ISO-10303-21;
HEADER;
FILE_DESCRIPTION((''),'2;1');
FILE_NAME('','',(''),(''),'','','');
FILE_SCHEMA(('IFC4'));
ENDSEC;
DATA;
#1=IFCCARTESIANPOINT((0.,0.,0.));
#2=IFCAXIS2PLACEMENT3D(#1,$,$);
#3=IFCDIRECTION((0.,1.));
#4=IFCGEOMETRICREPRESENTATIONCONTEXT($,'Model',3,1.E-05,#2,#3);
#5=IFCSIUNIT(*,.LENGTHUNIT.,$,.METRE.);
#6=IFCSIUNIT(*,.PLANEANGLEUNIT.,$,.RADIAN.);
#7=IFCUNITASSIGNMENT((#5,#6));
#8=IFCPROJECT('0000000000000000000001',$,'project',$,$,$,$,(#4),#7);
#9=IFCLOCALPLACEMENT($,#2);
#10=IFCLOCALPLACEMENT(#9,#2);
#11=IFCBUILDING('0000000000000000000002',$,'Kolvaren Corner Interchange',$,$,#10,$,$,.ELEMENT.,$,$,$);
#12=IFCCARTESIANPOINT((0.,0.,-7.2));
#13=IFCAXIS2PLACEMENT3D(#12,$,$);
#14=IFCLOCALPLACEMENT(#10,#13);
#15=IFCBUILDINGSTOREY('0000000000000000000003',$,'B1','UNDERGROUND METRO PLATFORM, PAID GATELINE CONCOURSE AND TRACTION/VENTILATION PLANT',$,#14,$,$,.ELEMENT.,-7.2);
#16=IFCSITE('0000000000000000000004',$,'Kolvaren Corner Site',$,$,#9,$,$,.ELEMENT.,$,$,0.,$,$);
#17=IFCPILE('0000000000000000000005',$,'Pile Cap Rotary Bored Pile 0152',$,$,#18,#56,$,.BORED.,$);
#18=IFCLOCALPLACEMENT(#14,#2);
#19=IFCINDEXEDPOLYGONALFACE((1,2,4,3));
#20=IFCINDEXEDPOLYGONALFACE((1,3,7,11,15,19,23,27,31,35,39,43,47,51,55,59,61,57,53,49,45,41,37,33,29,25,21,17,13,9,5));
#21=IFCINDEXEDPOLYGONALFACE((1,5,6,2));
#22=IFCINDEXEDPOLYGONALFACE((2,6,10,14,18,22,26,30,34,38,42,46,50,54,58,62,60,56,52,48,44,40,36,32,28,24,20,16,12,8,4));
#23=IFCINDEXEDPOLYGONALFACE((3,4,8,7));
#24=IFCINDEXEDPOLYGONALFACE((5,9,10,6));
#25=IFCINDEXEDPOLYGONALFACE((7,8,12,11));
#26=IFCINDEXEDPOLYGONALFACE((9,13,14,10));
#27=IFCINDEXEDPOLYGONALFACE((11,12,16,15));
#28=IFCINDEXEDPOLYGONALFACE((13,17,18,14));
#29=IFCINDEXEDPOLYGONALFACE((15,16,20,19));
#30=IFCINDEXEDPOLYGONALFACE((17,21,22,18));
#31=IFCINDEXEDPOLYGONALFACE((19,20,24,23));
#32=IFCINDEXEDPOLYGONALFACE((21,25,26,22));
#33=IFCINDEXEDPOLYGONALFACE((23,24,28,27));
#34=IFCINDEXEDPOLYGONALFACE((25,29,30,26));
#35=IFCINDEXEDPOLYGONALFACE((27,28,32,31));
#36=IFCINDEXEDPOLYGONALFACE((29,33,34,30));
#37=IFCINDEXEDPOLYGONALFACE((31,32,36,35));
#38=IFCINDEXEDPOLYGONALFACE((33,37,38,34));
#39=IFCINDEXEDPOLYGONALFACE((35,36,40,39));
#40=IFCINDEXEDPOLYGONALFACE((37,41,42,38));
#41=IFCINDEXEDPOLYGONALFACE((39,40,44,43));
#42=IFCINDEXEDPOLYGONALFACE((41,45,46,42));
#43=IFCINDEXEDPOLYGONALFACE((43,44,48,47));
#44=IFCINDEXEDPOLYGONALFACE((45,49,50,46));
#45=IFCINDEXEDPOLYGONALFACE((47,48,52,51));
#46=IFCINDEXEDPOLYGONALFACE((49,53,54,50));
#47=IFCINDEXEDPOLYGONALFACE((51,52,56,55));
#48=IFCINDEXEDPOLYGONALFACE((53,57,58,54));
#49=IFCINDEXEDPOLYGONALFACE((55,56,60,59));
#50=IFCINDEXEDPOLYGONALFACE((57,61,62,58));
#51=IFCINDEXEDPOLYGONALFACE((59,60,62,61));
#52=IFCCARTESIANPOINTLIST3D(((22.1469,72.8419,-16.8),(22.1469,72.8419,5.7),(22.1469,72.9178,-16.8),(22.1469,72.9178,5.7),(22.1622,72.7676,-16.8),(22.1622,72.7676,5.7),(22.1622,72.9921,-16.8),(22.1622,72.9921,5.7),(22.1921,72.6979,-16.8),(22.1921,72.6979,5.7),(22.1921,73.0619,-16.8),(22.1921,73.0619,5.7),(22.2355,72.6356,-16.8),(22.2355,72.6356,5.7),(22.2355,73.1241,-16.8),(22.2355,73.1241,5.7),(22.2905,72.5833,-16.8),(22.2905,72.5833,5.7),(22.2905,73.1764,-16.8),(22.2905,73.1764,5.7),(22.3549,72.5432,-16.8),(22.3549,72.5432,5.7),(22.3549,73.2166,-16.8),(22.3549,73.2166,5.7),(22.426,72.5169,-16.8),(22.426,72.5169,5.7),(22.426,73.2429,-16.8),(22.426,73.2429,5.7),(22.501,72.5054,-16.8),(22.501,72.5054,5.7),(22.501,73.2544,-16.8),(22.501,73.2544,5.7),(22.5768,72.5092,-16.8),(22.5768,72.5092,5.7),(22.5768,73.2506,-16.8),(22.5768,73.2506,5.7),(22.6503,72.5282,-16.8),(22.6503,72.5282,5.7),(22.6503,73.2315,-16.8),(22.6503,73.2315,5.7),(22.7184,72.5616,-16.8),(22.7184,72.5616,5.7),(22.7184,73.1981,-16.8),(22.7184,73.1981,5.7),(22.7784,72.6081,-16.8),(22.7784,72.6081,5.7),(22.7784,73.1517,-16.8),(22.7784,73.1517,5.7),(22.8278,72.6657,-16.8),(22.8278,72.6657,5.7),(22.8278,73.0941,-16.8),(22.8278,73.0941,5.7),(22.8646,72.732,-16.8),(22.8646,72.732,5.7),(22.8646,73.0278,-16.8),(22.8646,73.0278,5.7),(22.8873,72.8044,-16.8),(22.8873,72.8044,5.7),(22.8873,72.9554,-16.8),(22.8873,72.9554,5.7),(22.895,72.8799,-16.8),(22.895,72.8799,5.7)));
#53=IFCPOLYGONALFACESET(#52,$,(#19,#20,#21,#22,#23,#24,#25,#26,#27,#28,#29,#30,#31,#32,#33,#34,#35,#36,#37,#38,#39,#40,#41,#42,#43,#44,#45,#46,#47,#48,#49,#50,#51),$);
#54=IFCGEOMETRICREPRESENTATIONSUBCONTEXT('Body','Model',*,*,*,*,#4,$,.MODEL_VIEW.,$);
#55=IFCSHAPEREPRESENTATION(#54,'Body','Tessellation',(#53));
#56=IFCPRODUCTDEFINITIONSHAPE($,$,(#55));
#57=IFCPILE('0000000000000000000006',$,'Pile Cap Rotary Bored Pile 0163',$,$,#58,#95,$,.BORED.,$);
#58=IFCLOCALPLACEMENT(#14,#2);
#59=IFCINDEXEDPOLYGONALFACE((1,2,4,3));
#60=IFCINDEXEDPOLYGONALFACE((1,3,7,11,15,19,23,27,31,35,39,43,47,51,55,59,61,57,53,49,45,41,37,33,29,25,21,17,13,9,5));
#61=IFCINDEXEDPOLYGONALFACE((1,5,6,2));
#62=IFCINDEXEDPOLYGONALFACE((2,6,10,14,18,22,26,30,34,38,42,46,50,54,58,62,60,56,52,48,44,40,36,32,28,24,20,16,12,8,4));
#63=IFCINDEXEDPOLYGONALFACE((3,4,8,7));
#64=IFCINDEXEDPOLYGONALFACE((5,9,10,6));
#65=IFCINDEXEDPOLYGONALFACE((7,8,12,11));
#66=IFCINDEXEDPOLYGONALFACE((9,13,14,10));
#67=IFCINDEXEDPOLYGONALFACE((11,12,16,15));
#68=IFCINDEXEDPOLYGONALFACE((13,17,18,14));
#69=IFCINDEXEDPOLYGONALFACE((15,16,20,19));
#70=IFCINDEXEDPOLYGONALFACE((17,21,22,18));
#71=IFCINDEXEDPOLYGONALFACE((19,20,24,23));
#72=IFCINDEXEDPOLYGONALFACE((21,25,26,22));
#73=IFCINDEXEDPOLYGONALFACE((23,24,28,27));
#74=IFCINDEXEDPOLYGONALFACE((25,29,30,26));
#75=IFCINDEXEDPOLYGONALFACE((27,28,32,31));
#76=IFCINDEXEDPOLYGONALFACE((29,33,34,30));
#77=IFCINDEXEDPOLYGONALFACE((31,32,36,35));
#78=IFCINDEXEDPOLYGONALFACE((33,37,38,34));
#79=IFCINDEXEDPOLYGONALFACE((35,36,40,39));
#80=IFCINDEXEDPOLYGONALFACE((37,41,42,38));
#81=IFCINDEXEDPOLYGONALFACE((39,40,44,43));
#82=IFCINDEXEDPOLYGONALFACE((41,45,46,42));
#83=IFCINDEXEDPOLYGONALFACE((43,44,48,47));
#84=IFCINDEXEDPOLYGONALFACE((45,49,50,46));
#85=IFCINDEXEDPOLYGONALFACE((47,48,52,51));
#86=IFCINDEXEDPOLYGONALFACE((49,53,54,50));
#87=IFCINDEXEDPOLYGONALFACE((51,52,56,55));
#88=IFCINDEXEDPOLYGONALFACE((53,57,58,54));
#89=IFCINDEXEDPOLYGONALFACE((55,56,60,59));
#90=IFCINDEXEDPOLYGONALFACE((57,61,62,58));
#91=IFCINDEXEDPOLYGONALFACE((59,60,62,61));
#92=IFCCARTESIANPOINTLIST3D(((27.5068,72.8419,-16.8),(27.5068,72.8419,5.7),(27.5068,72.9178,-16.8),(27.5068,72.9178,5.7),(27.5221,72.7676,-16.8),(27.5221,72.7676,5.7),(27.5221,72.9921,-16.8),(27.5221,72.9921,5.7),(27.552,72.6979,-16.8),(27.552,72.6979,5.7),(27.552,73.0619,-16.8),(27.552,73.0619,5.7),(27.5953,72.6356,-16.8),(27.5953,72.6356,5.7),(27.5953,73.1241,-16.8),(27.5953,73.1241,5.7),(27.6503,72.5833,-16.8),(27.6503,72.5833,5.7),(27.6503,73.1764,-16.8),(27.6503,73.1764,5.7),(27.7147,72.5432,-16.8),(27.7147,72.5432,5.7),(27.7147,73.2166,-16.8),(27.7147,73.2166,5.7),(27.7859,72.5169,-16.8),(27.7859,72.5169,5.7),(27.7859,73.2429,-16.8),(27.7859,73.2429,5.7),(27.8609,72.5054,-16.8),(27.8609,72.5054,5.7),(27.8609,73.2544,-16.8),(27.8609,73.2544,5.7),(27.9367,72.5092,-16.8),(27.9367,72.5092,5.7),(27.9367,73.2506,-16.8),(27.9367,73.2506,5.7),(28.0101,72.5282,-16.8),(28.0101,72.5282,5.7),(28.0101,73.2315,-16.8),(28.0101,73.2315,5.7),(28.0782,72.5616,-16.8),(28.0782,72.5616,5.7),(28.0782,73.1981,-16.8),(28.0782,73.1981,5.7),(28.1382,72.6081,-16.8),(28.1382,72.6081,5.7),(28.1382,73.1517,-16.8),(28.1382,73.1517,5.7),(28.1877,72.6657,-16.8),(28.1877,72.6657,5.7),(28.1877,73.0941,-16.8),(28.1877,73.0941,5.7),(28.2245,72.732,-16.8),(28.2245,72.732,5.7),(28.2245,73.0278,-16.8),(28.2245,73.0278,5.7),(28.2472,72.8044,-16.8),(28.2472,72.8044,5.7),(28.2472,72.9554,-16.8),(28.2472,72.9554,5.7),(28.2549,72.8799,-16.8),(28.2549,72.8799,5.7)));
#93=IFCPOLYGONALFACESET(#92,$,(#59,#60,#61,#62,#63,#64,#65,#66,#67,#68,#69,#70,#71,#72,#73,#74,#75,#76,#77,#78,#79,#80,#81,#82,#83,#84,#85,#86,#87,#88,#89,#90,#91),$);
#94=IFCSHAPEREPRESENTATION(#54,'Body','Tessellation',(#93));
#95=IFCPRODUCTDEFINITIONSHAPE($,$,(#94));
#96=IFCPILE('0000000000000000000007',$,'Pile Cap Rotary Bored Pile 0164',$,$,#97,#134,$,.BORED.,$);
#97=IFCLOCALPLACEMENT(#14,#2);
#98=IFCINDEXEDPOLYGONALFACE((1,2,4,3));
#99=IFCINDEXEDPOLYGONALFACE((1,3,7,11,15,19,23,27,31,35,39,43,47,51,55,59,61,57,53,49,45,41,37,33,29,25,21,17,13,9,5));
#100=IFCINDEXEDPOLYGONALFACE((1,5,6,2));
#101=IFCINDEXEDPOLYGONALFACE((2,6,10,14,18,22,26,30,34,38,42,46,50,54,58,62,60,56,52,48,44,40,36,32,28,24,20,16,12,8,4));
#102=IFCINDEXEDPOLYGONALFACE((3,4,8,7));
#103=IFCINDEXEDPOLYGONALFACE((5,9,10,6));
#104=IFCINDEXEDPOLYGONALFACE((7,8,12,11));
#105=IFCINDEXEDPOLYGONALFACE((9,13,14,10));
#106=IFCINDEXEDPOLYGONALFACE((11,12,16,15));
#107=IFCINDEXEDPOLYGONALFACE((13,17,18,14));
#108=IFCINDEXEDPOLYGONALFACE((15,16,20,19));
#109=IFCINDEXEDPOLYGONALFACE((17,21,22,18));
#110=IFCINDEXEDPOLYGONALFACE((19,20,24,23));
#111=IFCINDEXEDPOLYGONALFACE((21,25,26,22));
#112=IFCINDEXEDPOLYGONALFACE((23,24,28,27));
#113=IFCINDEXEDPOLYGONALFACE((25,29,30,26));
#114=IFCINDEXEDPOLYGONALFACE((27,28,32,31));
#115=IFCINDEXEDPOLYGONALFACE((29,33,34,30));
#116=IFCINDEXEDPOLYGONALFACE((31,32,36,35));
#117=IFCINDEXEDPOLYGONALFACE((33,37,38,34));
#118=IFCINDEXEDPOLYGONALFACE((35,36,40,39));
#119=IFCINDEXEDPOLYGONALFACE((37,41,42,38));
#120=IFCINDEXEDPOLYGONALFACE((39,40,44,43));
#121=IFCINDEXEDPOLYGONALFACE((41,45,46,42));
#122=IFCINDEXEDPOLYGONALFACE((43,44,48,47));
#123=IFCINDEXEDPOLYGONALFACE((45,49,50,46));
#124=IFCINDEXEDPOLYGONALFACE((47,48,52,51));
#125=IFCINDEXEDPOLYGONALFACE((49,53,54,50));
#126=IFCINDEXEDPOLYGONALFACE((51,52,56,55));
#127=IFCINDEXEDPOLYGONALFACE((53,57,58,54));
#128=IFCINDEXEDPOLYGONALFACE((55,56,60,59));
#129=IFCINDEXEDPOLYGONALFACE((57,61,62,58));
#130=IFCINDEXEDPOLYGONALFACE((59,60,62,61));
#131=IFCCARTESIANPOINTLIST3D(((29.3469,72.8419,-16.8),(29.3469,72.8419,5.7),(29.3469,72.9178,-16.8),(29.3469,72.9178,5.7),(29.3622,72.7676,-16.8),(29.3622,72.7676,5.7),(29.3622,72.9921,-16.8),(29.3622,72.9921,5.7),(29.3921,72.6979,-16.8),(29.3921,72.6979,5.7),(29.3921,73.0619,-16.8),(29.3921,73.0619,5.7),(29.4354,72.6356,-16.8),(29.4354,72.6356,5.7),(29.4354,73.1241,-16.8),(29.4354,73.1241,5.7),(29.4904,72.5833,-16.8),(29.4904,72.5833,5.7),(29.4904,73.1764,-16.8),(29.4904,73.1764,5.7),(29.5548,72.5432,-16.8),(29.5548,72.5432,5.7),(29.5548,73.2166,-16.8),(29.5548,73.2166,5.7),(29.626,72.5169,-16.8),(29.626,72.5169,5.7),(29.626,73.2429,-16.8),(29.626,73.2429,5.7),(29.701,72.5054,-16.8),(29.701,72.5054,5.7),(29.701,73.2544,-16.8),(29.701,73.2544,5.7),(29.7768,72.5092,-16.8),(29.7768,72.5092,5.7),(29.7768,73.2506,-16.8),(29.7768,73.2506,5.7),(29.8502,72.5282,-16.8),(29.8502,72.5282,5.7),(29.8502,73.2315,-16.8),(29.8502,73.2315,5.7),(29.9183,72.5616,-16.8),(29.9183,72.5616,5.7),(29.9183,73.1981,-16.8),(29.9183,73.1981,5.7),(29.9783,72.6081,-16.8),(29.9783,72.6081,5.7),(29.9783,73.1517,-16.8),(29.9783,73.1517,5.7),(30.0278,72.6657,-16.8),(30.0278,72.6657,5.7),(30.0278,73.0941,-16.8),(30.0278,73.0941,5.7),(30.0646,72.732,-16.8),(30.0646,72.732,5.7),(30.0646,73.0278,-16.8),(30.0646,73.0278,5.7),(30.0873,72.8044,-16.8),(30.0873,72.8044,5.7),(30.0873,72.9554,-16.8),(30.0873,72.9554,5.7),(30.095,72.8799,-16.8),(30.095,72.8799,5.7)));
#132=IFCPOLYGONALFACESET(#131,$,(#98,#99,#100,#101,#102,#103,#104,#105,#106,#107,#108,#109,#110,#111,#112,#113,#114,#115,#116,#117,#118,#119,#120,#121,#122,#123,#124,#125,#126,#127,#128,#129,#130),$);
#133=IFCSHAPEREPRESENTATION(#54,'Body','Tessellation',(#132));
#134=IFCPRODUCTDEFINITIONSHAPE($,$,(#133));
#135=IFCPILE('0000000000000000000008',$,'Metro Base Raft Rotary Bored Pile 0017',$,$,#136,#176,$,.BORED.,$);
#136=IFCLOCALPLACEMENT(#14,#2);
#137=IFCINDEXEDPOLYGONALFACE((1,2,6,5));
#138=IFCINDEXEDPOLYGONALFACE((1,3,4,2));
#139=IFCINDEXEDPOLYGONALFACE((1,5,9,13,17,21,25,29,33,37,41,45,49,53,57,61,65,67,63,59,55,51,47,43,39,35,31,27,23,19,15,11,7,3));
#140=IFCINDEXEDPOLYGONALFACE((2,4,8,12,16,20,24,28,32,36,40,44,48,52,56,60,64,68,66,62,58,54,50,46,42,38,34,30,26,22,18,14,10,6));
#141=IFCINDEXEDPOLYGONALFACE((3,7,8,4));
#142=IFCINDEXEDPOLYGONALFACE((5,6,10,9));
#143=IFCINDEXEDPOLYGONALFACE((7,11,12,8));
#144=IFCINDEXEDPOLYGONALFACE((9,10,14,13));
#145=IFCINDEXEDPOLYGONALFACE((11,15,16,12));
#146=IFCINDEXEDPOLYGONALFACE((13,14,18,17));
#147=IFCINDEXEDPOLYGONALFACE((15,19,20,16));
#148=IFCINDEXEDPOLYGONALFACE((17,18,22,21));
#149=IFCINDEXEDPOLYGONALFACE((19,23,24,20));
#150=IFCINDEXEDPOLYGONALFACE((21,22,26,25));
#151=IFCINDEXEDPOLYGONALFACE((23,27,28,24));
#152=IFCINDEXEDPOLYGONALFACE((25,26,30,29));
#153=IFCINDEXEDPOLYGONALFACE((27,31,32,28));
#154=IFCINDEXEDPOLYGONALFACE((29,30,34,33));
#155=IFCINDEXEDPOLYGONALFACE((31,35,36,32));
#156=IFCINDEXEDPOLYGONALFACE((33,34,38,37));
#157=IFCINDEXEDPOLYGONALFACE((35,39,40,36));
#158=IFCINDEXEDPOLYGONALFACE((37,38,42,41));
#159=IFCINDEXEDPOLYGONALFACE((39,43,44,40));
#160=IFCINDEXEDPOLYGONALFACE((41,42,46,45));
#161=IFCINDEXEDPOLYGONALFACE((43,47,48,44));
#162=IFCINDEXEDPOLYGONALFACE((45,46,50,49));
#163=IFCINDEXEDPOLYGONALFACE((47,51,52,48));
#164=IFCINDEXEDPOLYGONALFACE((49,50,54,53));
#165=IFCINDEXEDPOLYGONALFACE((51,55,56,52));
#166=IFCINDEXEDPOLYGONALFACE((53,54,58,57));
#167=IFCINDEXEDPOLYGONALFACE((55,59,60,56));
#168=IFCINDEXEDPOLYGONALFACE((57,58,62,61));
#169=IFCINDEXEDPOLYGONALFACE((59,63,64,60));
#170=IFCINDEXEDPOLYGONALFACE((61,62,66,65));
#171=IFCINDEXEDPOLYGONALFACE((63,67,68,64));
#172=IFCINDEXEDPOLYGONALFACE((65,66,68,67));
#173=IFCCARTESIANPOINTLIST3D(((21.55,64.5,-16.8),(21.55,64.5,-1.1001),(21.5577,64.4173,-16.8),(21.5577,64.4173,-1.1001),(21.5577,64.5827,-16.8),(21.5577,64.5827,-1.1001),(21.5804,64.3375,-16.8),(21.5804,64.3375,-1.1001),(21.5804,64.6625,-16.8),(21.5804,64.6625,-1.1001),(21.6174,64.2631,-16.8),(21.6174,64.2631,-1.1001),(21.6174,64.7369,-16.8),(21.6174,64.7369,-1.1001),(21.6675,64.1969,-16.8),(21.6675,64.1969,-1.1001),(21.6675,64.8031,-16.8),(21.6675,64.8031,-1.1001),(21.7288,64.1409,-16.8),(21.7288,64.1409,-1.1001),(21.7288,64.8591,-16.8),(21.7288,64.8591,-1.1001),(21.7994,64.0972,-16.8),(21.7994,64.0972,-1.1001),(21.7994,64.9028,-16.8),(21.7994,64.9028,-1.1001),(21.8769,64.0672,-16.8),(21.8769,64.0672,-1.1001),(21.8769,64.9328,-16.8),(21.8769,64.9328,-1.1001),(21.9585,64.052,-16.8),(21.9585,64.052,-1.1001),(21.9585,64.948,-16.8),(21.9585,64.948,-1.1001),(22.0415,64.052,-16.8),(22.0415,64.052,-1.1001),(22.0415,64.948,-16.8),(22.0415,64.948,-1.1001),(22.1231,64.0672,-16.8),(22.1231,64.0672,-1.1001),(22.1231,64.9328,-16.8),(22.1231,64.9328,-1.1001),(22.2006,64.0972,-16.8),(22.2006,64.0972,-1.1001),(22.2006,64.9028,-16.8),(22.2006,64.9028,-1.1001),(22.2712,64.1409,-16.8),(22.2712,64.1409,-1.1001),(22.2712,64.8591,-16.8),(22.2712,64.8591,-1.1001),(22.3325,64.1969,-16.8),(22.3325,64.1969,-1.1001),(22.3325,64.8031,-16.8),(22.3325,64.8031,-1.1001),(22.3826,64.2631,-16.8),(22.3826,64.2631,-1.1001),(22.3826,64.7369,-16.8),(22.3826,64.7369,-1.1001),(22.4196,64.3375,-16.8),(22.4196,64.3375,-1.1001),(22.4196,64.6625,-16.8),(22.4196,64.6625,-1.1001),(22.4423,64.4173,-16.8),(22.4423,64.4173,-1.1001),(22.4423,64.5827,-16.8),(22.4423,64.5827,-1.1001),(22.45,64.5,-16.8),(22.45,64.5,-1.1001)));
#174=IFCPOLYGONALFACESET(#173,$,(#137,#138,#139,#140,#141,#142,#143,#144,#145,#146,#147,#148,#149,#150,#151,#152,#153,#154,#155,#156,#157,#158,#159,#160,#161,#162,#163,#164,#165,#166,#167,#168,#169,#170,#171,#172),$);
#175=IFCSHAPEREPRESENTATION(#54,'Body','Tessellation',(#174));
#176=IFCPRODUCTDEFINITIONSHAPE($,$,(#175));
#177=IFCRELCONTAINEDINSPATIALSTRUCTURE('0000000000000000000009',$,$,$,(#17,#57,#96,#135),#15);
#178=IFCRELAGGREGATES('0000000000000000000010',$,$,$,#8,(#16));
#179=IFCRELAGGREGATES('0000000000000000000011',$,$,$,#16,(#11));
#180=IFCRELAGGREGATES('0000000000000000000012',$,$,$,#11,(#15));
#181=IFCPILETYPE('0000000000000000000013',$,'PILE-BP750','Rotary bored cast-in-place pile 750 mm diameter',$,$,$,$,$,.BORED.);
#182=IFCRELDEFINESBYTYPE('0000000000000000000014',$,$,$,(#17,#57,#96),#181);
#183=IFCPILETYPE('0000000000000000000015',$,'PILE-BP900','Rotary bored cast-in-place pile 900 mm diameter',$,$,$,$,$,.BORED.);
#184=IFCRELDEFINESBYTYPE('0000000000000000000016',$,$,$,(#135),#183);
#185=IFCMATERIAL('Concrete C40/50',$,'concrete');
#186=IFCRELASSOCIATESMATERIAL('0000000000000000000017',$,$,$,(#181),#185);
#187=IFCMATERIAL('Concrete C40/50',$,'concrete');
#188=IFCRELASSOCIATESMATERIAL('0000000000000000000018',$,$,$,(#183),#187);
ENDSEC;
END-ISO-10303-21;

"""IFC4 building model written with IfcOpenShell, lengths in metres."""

from ifc_helpers import new_model, si_unit, direction, frame, origin, origin_2d, place, context, subcontext, project, spatial, circle, extrude, material, material_profile, profile_set, type_object, element, save


model = new_model("IFC4")

# Units and contexts
model_context = context("Model", 3, precision=1e-05, world=origin(), true_north=direction((0.0, 1.0)))
body_context = subcontext(model_context, "Body", "Model", "MODEL_VIEW")
ifc_project = project(units=[si_unit("LENGTHUNIT", "METRE"), si_unit("PLANEANGLEUNIT", "RADIAN")], contexts=[model_context])

# Site, building, storey
site_placement = place(None, origin())
site = spatial("IfcSite", under=ifc_project, at=site_placement, Name="Kolvaren Corner Site", CompositionType="ELEMENT", RefElevation=0.0)
building_placement = place(site_placement, origin())
building = spatial("IfcBuilding", under=site, at=building_placement, Name="Kolvaren Corner Interchange", CompositionType="ELEMENT")
storey_placement = place(building_placement, frame((0.0, 0.0, -7.2)))
storey = spatial("IfcBuildingStorey", under=building, at=storey_placement, Name="B1", Description="UNDERGROUND METRO PLATFORM, PAID GATELINE CONCOURSE AND TRACTION/VENTILATION PLANT", CompositionType="ELEMENT", Elevation=-7.2)

# Piles
ifc_material_1 = material(Name="Concrete C40/50", Category="concrete")
ifc_material_profile_1 = material_profile(ifc_material_1, circle(Radius=0.375, at=origin_2d()), Name="BORED PILE 750")
ifc_profile_set_1 = profile_set([ifc_material_profile_1], Name="Concrete C40/50")
pile_type_1 = type_object("IfcPileType", Name="PILE-BP750", Description="Rotary bored cast-in-place pile 750 mm diameter", PredefinedType="BORED", material=ifc_profile_set_1)
for number, where, z_axis, x_axis, name in (
    (1, (22.52, 72.8799, 5.7), (0.0, 0.0, -1.0), (1.0, 0.0, 0.0), "Pile Cap Rotary Bored Pile 0152"),
    (2, (27.8799, 72.8799, 5.7), (0.0, 0.0, -1.0), (1.0, 0.0, 0.0), "Pile Cap Rotary Bored Pile 0163"),
    (3, (29.72, 72.8799, 5.7), (0.0, 0.0, -1.0), (1.0, 0.0, 0.0), "Pile Cap Rotary Bored Pile 0164"),
):
    element("IfcPile", number, at=place(storey_placement, frame(where, z_axis=z_axis, x_axis=x_axis)), inside=storey, type_object=pile_type_1, Name=name, PredefinedType="BORED", context=body_context, shape_type="SweptSolid", body=[
        extrude(circle(Radius=0.375, at=origin_2d()), origin(), (0.0, 0.0, 1.0), 22.5),
    ])
ifc_material_2 = material(Name="Concrete C40/50", Category="concrete")
ifc_material_profile_2 = material_profile(ifc_material_2, circle(Radius=0.45, at=origin_2d()), Name="BORED PILE 900")
ifc_profile_set_2 = profile_set([ifc_material_profile_2], Name="Concrete C40/50")
pile_type_2 = type_object("IfcPileType", Name="PILE-BP900", Description="Rotary bored cast-in-place pile 900 mm diameter", PredefinedType="BORED", material=ifc_profile_set_2)
for number, where, z_axis, x_axis, name in (
    (4, (22.0, 64.5, -1.1001), (0.0, 0.0, -1.0), (1.0, 0.0, 0.0), "Metro Base Raft Rotary Bored Pile 0017"),
):
    element("IfcPile", number, at=place(storey_placement, frame(where, z_axis=z_axis, x_axis=x_axis)), inside=storey, type_object=pile_type_2, Name=name, PredefinedType="BORED", context=body_context, shape_type="SweptSolid", body=[
        extrude(circle(Radius=0.45, at=origin_2d()), origin(), (0.0, 0.0, 1.0), 15.7),
    ])

save(model, "model.ifc")
